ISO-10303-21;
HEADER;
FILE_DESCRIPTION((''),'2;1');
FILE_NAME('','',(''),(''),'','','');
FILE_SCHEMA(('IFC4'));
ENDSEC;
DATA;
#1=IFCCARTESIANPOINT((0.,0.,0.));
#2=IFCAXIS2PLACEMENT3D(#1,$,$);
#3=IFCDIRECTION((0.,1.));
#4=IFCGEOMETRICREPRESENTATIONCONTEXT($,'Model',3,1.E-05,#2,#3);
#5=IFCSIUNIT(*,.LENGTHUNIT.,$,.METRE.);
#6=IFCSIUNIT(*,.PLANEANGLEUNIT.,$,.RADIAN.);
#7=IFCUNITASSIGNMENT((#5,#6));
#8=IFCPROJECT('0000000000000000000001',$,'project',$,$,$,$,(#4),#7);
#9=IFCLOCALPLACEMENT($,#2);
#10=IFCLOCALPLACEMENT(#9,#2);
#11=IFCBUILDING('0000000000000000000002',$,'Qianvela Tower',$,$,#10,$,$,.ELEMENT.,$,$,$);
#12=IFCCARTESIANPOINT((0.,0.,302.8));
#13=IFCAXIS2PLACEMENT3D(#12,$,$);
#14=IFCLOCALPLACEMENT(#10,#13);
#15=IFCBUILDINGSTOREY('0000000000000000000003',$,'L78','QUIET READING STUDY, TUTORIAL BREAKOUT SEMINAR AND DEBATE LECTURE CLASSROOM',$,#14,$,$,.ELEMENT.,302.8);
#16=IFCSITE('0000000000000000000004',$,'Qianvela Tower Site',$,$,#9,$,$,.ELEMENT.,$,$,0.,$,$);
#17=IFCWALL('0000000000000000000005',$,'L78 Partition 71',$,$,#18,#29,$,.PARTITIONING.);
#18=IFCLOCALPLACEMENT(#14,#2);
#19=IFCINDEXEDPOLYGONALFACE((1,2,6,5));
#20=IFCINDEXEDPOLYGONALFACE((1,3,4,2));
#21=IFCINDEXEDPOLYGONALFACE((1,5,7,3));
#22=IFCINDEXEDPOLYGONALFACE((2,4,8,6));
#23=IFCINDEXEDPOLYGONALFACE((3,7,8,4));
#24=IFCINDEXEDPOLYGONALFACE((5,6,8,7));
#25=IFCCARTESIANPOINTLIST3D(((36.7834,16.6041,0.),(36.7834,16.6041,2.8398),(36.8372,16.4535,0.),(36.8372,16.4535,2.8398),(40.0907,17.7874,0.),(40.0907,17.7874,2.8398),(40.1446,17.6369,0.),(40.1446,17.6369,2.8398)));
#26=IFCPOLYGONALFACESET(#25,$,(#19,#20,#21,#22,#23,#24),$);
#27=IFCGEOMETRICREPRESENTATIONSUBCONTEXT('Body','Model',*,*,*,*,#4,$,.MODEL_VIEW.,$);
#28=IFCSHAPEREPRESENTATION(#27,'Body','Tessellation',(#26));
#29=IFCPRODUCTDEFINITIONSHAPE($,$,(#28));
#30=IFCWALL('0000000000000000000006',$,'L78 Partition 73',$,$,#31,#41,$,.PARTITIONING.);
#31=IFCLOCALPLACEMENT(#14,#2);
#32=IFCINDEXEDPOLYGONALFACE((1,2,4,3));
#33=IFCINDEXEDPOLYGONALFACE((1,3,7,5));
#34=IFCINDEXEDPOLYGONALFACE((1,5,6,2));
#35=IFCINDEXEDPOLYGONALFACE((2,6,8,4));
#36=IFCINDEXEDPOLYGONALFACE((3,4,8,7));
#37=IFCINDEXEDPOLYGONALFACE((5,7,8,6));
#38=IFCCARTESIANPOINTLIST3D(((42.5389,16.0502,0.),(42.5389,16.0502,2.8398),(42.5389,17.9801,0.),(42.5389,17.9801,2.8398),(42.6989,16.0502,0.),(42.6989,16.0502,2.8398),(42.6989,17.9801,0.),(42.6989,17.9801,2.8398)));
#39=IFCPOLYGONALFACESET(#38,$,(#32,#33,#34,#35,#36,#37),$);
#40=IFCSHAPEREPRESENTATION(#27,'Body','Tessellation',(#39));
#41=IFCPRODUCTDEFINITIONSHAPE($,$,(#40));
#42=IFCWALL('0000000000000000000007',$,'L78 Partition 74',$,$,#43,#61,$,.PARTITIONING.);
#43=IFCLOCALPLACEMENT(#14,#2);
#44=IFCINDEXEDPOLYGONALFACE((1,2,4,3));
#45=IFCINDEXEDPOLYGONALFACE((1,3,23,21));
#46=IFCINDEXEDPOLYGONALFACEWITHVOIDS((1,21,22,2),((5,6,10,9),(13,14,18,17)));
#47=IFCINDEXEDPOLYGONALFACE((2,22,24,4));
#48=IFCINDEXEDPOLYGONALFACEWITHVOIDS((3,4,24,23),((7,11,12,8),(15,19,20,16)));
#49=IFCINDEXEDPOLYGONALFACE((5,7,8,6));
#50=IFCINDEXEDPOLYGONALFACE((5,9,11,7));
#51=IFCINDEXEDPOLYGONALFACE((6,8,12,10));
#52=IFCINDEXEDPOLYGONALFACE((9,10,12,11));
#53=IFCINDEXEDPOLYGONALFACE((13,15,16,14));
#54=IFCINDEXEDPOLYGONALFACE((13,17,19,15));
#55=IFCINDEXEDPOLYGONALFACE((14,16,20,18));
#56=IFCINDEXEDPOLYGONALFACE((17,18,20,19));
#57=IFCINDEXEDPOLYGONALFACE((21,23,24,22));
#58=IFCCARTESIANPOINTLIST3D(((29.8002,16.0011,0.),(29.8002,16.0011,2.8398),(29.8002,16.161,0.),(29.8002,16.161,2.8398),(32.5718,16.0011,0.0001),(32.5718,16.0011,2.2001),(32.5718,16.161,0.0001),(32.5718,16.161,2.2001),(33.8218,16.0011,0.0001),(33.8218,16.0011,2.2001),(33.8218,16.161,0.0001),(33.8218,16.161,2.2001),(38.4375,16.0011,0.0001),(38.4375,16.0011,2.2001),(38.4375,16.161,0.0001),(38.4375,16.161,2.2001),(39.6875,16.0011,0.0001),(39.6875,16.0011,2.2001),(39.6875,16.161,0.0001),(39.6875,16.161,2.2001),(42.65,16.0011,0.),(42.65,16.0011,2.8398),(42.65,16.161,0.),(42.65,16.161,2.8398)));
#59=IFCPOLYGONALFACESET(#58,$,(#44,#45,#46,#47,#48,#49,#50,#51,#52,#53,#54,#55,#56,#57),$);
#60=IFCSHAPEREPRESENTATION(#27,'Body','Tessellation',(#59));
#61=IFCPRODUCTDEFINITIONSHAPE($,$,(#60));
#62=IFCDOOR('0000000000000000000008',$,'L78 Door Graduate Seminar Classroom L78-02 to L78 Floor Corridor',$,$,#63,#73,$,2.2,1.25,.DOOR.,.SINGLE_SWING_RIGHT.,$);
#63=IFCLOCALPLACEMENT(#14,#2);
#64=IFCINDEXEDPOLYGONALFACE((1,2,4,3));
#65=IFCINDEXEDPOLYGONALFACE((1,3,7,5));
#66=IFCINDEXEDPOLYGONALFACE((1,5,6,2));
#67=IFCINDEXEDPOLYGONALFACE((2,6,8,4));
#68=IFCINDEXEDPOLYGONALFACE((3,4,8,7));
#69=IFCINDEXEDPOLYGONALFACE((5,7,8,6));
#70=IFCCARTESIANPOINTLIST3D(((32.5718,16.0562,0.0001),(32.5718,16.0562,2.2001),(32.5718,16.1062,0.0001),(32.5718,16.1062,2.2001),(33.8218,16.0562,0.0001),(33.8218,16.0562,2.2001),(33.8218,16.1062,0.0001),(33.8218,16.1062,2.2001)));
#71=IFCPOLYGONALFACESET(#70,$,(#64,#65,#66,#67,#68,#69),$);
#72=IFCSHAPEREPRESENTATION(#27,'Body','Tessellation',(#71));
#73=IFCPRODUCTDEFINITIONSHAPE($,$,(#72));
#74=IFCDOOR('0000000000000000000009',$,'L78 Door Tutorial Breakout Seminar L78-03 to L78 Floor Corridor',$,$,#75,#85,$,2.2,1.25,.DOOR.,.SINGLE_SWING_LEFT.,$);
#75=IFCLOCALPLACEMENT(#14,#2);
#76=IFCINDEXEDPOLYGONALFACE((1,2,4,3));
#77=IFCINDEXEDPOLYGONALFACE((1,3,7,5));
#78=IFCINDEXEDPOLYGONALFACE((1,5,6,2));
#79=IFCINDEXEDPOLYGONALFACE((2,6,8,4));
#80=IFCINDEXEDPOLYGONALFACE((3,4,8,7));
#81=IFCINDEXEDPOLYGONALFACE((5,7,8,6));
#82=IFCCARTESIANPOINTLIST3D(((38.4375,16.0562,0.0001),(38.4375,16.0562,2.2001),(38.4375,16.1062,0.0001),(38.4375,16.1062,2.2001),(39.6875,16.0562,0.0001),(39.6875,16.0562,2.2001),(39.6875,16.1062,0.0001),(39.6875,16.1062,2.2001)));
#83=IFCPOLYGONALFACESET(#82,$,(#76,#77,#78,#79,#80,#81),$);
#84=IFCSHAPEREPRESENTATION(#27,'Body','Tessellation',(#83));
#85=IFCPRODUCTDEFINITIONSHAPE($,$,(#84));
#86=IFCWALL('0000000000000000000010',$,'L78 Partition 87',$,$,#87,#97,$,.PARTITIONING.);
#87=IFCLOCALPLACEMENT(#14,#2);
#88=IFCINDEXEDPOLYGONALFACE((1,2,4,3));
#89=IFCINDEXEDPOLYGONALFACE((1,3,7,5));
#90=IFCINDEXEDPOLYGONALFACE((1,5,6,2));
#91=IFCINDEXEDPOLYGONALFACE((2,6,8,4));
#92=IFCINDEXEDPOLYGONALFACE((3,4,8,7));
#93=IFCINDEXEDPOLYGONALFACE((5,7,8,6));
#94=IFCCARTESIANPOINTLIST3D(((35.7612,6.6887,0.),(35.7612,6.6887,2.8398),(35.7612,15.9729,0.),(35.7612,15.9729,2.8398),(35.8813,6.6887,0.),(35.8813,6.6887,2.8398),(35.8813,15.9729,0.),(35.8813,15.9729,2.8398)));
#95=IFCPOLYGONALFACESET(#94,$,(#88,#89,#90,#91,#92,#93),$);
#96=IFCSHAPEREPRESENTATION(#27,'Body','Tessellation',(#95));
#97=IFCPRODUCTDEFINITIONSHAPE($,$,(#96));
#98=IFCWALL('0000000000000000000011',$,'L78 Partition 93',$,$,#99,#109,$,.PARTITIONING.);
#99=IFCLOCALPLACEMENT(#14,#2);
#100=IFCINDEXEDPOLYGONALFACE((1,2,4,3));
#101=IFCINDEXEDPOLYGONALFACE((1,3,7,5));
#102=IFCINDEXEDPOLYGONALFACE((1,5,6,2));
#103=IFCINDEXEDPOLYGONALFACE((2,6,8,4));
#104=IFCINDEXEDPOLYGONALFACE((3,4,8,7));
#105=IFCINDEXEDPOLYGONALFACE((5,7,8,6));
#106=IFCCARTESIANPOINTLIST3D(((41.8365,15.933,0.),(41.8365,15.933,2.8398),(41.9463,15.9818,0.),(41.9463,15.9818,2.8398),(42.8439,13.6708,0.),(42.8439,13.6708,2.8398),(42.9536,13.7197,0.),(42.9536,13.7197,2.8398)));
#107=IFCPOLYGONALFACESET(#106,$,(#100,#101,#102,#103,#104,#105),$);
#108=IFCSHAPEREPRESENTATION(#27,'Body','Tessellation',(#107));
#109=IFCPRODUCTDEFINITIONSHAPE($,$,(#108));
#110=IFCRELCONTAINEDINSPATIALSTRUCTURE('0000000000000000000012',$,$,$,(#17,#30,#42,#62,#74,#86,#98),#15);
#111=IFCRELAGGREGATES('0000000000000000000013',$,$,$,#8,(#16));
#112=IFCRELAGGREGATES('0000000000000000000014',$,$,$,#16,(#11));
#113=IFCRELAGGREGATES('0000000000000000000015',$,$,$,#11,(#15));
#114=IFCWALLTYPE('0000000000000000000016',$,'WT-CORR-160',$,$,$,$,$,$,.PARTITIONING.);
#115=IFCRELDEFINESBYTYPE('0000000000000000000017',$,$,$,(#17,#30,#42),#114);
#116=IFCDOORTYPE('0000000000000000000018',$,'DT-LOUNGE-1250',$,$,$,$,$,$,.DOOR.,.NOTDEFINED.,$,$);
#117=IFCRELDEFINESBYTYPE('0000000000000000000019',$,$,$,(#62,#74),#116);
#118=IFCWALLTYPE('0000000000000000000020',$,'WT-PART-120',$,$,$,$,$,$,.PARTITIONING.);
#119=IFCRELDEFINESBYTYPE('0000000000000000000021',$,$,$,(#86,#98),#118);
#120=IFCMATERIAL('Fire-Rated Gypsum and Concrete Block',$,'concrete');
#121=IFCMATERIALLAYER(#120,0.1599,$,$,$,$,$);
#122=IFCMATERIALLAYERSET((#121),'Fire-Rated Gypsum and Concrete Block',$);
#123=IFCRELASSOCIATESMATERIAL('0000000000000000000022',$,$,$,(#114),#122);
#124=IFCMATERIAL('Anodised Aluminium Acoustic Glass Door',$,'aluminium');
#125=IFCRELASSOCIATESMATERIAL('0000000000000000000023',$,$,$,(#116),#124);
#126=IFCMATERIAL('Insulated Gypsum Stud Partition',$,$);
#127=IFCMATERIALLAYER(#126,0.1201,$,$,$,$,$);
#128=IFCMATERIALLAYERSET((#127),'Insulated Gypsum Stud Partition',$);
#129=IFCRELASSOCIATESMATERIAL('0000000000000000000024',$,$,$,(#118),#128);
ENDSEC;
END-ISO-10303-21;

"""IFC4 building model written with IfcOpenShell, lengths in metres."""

from ifc_helpers import new_model, si_unit, direction, frame, frame_2d, origin, place, context, subcontext, project, spatial, rectangle, extrude, material, layer, layer_set, type_object, element, fill, save


model = new_model("IFC4")

# Units and contexts
model_context = context("Model", 3, precision=1e-05, world=origin(), true_north=direction((0.0, 1.0)))
body_context = subcontext(model_context, "Body", "Model", "MODEL_VIEW")
ifc_project = project(units=[si_unit("LENGTHUNIT", "METRE"), si_unit("PLANEANGLEUNIT", "RADIAN")], contexts=[model_context])

# Site, building, storey
site_placement = place(None, origin())
site = spatial("IfcSite", under=ifc_project, at=site_placement, Name="Qianvela Tower Site", CompositionType="ELEMENT", RefElevation=0.0)
building_placement = place(site_placement, origin())
building = spatial("IfcBuilding", under=site, at=building_placement, Name="Qianvela Tower", CompositionType="ELEMENT")
storey_placement = place(building_placement, frame((0.0, 0.0, 302.8)))
storey = spatial("IfcBuildingStorey", under=building, at=storey_placement, Name="L78", Description="QUIET READING STUDY, TUTORIAL BREAKOUT SEMINAR AND DEBATE LECTURE CLASSROOM", CompositionType="ELEMENT", Elevation=302.8)

# Shared definitions
ifc_material_1 = material(Name="Fire-Rated Gypsum and Concrete Block", Category="concrete")
ifc_layer_1 = layer(ifc_material_1, 0.1599)
ifc_layer_set_1 = layer_set([ifc_layer_1], Name="Fire-Rated Gypsum and Concrete Block")
wall_type_1 = type_object("IfcWallType", Name="WT-CORR-160", PredefinedType="PARTITIONING", material=ifc_layer_set_1)

# Walls
wall_1_placement = place(storey_placement, frame((36.8103, 16.5288, 0.0), z_axis=(0.0, 0.0, 1.0), x_axis=(0.941548, 0.336878, 0.0)))
element("IfcWall", 1, at=wall_1_placement, inside=storey, type_object=wall_type_1, Name="L78 Partition 71", PredefinedType="PARTITIONING", context=body_context, shape_type="SweptSolid", body=[
    extrude(rectangle(XDim=3.5127, YDim=0.1599, at=frame_2d((1.7563, 0.0))), origin(), (0.0, 0.0, 1.0), 2.8398),
])
wall_2_placement = place(storey_placement, frame((42.6189, 17.98, 0.0), z_axis=(0.0, 0.0, 1.0), x_axis=(0.0, -1.0, 0.0)))
element("IfcWall", 2, at=wall_2_placement, inside=storey, type_object=wall_type_1, Name="L78 Partition 73", PredefinedType="PARTITIONING", context=body_context, shape_type="SweptSolid", body=[
    extrude(rectangle(XDim=1.9299, YDim=0.1599, at=frame_2d((0.9648, 0.0))), origin(), (0.0, 0.0, 1.0), 2.8398),
])

# Wall, openings, doors
wall_3_placement = place(storey_placement, frame((42.6499, 16.0811, 0.0), z_axis=(0.0, 0.0, 1.0), x_axis=(-1.0, 0.0, 0.0)))
wall_3 = element("IfcWall", 3, at=wall_3_placement, inside=storey, type_object=wall_type_1, Name="L78 Partition 74", PredefinedType="PARTITIONING", context=body_context, shape_type="SweptSolid", body=[
    extrude(rectangle(XDim=12.8499, YDim=0.1599, at=frame_2d((6.4248, 0.0))), origin(), (0.0, 0.0, 1.0), 2.8398),
])
opening_1_placement = place(wall_3_placement, frame((8.8281, 0.0, 0.0)))
opening_1 = element("IfcOpeningElement", 4, at=opening_1_placement, cuts=wall_3, PredefinedType="OPENING", context=body_context, shape_type="SweptSolid", body=[
    extrude(rectangle(XDim=1.25, YDim=2.2, at=frame_2d((0.625, 1.1001))), frame((0.0, 0.0898, 0.0), z_axis=(0.0, -1.0, 0.0), x_axis=(1.0, 0.0, 0.0)), (0.0, 0.0, 1.0), 0.1799),
])
opening_2_placement = place(wall_3_placement, frame((2.9624, 0.0, 0.0)))
opening_2 = element("IfcOpeningElement", 5, at=opening_2_placement, cuts=wall_3, PredefinedType="OPENING", context=body_context, shape_type="SweptSolid", body=[
    extrude(rectangle(XDim=1.25, YDim=2.2, at=frame_2d((0.625, 1.1001))), frame((0.0, 0.0898, 0.0), z_axis=(0.0, -1.0, 0.0), x_axis=(1.0, 0.0, 0.0)), (0.0, 0.0, 1.0), 0.1799),
])
ifc_material_2 = material(Name="Anodised Aluminium Acoustic Glass Door", Category="aluminium")
door_type_1 = type_object("IfcDoorType", Name="DT-LOUNGE-1250", OperationType="NOTDEFINED", PredefinedType="DOOR", material=ifc_material_2)
door_1_placement = place(opening_1_placement, origin())
door_1 = element("IfcDoor", 6, at=door_1_placement, inside=storey, type_object=door_type_1, Name="L78 Door Graduate Seminar Classroom L78-02 to L78 Floor Corridor", OperationType="SINGLE_SWING_RIGHT", OverallHeight=2.2, OverallWidth=1.25, PredefinedType="DOOR", context=body_context, shape_type="SweptSolid", body=[
    extrude(rectangle(XDim=1.25, YDim=2.2, at=frame_2d((0.625, 1.1001))), frame((0.0, 0.0249, 0.0), z_axis=(0.0, -1.0, 0.0), x_axis=(1.0, 0.0, 0.0)), (0.0, 0.0, 1.0), 0.05),
])
fill(opening_1, door_1)
door_2_placement = place(opening_2_placement, origin())
door_2 = element("IfcDoor", 7, at=door_2_placement, inside=storey, type_object=door_type_1, Name="L78 Door Tutorial Breakout Seminar L78-03 to L78 Floor Corridor", OperationType="SINGLE_SWING_LEFT", OverallHeight=2.2, OverallWidth=1.25, PredefinedType="DOOR", context=body_context, shape_type="SweptSolid", body=[
    extrude(rectangle(XDim=1.25, YDim=2.2, at=frame_2d((0.625, 1.1001))), frame((0.0, 0.0249, 0.0), z_axis=(0.0, -1.0, 0.0), x_axis=(1.0, 0.0, 0.0)), (0.0, 0.0, 1.0), 0.05),
])
fill(opening_2, door_2)

# Walls
ifc_material_3 = material(Name="Insulated Gypsum Stud Partition")
ifc_layer_2 = layer(ifc_material_3, 0.1201)
ifc_layer_set_2 = layer_set([ifc_layer_2], Name="Insulated Gypsum Stud Partition")
wall_type_2 = type_object("IfcWallType", Name="WT-PART-120", PredefinedType="PARTITIONING", material=ifc_layer_set_2)
wall_4_placement = place(storey_placement, frame((35.8213, 15.9729, 0.0), z_axis=(0.0, 0.0, 1.0), x_axis=(0.0, -1.0, 0.0)))
element("IfcWall", 8, at=wall_4_placement, inside=storey, type_object=wall_type_2, Name="L78 Partition 87", PredefinedType="PARTITIONING", context=body_context, shape_type="SweptSolid", body=[
    extrude(rectangle(XDim=9.2842, YDim=0.1201, at=frame_2d((4.6421, 0.0))), origin(), (0.0, 0.0, 1.0), 2.8398),
])
wall_5_placement = place(storey_placement, frame((41.8914, 15.9575, 0.0), z_axis=(0.0, 0.0, 1.0), x_axis=(0.406779, -0.913527, 0.0)))
element("IfcWall", 9, at=wall_5_placement, inside=storey, type_object=wall_type_2, Name="L78 Partition 93", PredefinedType="PARTITIONING", context=body_context, shape_type="SweptSolid", body=[
    extrude(rectangle(XDim=2.4763, YDim=0.1201, at=frame_2d((1.2383, 0.0))), origin(), (0.0, 0.0, 1.0), 2.8398),
])

save(model, "model.ifc")
